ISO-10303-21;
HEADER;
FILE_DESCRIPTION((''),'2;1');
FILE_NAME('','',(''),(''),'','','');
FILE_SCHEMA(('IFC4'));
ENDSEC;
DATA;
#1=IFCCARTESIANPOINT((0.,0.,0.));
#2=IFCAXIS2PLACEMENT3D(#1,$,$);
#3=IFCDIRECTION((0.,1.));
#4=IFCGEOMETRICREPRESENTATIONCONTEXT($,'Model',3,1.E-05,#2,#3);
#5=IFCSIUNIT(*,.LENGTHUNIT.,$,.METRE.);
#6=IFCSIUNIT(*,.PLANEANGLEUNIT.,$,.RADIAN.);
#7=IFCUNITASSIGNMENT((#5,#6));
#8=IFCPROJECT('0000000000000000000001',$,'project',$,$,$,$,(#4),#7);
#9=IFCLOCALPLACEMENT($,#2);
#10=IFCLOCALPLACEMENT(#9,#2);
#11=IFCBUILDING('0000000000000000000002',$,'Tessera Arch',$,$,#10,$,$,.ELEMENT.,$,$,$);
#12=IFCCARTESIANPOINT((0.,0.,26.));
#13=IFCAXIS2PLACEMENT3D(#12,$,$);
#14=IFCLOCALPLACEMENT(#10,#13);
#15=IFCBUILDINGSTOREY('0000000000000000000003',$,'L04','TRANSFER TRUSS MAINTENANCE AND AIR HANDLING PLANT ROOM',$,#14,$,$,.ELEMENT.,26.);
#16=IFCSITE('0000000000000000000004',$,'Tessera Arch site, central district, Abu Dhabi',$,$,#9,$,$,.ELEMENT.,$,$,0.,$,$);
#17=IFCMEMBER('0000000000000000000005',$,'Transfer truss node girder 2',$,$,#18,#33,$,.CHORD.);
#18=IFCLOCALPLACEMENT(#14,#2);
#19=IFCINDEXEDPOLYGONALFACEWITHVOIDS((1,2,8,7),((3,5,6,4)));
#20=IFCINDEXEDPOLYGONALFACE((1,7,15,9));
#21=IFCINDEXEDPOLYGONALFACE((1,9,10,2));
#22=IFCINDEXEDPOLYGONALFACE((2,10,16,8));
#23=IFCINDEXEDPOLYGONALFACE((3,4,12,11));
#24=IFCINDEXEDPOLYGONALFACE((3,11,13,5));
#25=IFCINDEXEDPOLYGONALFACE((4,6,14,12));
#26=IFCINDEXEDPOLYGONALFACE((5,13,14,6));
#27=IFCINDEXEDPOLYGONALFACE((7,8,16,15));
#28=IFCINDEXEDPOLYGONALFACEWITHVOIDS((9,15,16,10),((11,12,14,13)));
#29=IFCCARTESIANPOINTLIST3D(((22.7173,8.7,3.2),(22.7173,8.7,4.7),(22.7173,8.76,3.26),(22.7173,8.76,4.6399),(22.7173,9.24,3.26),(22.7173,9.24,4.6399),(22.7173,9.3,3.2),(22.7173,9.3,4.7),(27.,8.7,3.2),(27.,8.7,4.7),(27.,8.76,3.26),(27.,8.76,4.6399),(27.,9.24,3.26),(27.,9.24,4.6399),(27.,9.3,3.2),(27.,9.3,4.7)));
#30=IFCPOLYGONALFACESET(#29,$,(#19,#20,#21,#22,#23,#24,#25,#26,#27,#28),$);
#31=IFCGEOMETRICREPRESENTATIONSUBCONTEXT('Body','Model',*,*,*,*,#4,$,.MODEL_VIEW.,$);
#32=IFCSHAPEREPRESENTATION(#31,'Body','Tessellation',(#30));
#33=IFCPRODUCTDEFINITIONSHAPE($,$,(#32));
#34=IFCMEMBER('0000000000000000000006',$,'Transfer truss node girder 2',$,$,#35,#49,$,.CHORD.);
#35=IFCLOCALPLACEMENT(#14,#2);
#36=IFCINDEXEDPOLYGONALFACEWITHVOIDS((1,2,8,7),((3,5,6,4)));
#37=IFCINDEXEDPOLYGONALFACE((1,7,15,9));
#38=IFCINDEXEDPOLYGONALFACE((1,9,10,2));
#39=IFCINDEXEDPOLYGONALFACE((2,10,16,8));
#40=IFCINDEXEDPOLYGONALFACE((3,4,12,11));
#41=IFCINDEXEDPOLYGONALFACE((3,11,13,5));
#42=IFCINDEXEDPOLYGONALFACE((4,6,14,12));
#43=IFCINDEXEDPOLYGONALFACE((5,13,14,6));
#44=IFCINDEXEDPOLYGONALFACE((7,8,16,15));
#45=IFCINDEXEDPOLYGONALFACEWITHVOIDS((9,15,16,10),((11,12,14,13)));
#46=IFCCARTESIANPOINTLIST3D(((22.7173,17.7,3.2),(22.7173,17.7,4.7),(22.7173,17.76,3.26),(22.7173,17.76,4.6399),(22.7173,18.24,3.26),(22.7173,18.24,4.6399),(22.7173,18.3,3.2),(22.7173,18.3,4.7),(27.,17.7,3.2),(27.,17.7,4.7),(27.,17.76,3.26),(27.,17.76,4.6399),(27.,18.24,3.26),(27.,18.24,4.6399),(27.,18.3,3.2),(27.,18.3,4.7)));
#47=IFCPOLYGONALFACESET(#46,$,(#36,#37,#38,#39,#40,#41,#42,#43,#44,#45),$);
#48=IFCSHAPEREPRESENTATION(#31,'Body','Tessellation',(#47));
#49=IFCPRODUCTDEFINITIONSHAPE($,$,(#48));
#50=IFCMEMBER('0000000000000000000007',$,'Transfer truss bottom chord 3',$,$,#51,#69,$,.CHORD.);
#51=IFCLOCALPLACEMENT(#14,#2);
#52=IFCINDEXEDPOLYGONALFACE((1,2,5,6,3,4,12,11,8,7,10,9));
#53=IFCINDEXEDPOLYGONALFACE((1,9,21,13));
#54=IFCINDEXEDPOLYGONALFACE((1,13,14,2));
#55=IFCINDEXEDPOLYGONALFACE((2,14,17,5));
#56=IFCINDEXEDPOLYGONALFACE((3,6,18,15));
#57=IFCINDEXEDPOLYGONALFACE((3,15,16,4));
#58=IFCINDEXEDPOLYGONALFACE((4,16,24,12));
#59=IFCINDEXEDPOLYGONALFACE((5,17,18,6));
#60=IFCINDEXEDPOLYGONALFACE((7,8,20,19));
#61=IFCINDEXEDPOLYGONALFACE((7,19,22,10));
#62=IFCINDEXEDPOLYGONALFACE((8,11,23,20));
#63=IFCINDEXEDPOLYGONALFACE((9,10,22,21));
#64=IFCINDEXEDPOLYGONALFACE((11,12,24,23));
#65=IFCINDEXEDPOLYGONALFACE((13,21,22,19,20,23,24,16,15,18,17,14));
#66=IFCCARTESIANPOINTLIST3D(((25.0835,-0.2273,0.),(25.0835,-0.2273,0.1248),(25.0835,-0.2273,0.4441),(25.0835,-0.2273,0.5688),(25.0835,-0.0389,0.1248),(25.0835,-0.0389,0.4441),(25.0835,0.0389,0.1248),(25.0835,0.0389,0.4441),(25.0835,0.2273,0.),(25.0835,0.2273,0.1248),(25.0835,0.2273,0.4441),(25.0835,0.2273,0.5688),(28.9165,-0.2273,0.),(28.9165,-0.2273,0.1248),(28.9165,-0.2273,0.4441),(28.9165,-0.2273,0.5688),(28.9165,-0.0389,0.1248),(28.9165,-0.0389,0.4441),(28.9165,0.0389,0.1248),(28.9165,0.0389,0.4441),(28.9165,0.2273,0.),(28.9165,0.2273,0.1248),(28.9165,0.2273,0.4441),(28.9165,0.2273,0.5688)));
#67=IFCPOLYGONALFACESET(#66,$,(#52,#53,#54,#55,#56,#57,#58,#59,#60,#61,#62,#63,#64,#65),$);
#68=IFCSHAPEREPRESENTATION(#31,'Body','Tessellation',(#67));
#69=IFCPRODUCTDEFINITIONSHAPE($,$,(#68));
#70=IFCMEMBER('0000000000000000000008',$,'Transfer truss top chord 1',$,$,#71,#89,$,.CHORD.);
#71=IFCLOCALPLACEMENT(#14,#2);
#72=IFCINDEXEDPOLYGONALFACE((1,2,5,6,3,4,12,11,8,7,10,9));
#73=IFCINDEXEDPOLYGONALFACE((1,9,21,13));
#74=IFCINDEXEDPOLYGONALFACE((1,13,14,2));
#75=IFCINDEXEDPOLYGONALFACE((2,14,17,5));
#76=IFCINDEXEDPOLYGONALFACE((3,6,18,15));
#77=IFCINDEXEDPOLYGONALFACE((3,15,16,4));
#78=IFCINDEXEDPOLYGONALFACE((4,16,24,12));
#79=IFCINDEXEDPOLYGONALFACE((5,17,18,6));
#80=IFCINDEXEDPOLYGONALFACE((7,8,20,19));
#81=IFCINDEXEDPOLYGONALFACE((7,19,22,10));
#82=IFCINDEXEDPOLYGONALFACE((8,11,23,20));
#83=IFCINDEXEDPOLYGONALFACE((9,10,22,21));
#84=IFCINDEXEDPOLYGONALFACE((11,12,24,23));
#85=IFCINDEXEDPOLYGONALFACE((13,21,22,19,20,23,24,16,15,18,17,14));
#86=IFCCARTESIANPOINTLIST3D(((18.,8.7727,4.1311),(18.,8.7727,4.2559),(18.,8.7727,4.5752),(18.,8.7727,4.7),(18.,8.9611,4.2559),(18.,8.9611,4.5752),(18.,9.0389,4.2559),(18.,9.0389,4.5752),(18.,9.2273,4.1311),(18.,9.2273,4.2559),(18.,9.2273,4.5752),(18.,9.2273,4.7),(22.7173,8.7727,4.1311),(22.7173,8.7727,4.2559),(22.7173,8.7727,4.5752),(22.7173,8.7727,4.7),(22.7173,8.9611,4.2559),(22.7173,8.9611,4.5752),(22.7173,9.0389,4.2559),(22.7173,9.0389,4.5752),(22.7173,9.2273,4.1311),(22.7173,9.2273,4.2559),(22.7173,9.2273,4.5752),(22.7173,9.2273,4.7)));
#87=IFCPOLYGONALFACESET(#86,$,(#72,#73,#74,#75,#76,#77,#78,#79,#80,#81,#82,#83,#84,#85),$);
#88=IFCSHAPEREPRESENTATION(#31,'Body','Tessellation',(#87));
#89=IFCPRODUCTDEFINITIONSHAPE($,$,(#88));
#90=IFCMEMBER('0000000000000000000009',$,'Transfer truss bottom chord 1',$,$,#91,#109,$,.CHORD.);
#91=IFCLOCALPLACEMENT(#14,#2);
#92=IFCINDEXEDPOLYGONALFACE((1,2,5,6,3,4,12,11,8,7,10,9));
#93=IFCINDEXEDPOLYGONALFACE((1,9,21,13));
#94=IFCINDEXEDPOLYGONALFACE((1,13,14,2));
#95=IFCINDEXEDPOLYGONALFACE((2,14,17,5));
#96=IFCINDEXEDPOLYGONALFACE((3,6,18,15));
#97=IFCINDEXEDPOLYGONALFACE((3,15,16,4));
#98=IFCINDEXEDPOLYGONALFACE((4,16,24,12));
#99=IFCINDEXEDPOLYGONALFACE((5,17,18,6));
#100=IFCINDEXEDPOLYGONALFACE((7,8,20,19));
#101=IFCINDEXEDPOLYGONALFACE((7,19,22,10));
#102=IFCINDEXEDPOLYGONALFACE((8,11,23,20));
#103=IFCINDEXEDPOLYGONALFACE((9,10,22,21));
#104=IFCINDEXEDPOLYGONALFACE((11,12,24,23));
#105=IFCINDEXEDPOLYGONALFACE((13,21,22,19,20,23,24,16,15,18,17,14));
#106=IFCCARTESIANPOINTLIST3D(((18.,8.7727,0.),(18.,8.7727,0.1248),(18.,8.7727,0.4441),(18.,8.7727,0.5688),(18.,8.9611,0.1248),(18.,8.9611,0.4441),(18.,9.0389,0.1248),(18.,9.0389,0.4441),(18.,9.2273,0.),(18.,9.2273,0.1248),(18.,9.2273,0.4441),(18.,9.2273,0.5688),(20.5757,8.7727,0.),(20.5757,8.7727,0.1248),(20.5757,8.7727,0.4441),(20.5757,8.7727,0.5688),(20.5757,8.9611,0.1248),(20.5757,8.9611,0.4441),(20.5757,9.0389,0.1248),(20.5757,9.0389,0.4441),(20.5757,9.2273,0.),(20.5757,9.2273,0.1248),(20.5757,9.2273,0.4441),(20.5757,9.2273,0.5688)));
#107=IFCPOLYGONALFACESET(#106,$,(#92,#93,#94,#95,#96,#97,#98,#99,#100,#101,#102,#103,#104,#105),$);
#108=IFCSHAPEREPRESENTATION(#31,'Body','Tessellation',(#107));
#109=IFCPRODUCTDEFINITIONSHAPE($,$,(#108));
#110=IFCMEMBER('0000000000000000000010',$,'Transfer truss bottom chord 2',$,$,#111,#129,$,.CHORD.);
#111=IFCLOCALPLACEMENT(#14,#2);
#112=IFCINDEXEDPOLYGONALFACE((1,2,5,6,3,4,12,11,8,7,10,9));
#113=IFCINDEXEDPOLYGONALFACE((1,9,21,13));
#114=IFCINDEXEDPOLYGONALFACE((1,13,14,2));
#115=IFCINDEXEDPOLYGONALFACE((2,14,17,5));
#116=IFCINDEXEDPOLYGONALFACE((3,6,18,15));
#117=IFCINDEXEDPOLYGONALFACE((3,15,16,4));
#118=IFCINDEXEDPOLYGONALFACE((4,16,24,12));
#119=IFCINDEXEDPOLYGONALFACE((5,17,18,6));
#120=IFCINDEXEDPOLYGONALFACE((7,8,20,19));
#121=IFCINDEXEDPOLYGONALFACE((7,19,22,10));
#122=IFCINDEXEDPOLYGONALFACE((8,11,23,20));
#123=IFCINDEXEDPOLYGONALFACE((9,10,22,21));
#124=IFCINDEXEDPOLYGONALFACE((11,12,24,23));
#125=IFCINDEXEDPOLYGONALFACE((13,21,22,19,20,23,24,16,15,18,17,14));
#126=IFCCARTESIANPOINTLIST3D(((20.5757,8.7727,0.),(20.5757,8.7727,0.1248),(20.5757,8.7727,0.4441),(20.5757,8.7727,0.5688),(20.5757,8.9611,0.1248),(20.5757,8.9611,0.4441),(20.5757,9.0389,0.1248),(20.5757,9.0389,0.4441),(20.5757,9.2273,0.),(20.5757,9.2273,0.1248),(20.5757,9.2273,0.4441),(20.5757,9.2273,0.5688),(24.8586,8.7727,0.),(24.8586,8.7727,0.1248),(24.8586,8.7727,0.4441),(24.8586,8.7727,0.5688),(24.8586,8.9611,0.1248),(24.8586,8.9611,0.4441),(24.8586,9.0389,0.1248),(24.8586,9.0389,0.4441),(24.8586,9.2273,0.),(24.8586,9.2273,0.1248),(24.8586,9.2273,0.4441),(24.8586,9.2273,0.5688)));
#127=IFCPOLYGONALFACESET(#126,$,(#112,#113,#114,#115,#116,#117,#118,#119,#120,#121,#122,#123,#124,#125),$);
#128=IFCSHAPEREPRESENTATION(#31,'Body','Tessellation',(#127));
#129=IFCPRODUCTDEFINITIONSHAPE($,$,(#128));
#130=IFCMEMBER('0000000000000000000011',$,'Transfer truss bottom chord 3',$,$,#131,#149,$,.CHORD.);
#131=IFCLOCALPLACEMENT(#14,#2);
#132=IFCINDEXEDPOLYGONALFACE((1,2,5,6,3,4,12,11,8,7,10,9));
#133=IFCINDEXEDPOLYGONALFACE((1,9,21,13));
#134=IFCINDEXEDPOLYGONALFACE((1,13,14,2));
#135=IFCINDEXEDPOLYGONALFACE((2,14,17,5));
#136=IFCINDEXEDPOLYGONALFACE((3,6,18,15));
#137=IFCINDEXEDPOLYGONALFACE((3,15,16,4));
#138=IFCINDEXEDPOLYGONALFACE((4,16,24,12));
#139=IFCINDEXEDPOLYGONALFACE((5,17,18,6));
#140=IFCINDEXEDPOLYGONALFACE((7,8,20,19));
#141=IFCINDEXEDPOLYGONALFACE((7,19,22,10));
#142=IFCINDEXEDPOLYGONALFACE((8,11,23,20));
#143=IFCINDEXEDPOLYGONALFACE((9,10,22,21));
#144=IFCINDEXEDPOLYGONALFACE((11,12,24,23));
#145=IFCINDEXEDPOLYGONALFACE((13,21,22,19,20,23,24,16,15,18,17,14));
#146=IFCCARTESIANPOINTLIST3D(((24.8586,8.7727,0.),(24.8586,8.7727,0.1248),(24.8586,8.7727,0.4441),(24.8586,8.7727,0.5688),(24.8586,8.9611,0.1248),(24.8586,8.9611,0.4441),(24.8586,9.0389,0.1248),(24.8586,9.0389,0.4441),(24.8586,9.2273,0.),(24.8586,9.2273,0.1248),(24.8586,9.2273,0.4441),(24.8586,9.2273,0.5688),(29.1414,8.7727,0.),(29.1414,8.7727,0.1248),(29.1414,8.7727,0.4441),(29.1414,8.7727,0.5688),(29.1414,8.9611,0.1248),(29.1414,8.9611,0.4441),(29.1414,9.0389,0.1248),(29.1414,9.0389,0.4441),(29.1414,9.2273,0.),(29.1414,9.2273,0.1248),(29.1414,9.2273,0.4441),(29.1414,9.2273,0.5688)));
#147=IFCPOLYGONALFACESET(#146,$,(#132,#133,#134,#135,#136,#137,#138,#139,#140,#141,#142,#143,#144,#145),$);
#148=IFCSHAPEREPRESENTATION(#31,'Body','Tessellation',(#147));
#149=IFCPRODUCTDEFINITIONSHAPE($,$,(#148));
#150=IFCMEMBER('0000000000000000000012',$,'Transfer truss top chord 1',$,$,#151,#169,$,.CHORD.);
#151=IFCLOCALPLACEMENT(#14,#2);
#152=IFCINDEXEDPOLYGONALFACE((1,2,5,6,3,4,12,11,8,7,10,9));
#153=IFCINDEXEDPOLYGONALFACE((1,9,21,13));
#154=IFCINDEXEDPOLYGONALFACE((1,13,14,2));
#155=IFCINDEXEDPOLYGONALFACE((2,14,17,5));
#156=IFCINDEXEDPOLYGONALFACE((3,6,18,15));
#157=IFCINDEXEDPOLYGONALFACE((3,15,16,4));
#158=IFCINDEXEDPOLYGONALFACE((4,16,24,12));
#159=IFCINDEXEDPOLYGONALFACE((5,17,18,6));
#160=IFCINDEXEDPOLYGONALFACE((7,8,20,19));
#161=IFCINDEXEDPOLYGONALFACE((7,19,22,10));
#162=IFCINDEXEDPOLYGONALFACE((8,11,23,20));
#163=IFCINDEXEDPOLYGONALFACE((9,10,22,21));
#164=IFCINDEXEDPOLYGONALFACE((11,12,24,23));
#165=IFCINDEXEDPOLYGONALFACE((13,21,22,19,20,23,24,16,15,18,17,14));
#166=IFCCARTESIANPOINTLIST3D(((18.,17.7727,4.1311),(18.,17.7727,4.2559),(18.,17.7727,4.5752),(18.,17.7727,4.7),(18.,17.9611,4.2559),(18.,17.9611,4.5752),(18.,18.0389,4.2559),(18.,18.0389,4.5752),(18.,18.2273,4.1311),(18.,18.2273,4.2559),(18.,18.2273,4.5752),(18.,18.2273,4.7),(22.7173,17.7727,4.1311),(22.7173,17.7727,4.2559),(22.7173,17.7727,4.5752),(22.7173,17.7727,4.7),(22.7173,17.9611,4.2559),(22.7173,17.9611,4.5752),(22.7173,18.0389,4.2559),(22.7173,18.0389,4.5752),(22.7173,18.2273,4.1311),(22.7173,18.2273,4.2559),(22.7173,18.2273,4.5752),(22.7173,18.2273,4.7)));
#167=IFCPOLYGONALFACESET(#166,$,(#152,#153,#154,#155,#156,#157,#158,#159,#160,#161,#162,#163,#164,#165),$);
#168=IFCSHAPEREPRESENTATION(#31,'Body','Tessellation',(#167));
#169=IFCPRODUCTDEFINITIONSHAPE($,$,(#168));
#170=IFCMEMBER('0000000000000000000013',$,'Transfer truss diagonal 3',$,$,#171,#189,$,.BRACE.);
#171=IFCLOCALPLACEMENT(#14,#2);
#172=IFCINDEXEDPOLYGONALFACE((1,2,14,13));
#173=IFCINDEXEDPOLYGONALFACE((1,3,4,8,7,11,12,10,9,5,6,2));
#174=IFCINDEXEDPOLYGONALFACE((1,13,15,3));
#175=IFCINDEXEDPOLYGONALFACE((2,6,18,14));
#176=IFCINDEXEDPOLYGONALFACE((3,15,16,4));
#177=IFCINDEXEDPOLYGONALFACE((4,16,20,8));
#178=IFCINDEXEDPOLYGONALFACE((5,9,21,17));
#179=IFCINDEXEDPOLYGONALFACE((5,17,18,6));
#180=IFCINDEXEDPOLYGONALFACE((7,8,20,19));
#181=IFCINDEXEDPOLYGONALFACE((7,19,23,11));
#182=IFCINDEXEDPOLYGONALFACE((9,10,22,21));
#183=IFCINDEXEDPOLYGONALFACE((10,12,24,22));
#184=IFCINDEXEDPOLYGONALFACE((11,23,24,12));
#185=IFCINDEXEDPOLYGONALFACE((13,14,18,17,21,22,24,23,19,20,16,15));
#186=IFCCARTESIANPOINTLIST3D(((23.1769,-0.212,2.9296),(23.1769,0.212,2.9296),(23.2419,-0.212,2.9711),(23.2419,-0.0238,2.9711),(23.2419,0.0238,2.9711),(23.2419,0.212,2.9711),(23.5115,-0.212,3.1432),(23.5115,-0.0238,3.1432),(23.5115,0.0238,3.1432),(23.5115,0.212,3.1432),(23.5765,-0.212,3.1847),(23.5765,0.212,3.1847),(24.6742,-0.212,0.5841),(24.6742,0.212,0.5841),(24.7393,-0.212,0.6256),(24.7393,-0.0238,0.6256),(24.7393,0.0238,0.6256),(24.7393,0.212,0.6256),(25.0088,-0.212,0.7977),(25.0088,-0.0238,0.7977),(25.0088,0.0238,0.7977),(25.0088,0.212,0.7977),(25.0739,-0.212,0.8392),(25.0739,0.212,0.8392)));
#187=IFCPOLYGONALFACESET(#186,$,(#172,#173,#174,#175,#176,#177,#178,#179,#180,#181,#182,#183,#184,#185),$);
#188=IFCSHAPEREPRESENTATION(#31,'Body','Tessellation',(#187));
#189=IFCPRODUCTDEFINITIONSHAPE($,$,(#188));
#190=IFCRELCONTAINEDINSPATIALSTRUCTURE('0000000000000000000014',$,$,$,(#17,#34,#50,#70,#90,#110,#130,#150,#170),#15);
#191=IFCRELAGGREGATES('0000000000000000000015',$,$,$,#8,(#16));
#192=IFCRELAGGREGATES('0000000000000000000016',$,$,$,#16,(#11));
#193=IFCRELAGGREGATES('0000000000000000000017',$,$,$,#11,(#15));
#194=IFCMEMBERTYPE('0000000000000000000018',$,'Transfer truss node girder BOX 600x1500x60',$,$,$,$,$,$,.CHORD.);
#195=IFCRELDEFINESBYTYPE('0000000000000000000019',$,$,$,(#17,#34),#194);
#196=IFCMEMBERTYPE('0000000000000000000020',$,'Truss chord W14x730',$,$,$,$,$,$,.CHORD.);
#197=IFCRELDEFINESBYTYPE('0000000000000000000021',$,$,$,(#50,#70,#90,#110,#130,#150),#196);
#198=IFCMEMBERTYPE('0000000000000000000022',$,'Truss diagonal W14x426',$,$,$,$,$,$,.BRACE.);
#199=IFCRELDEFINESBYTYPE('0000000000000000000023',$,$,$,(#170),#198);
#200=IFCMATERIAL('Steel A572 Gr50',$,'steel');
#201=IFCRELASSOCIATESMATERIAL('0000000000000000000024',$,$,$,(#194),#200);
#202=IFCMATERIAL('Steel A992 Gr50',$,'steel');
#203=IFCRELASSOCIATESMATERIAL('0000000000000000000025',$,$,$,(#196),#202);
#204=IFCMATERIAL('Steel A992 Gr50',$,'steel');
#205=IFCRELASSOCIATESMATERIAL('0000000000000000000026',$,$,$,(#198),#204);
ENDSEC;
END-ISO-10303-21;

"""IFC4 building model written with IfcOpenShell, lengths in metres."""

from ifc_helpers import new_model, si_unit, direction, frame, origin, origin_2d, place, context, subcontext, project, spatial, hollow_rectangle, i_section, extrude, material, material_profile, profile_set, type_object, element, save


model = new_model("IFC4")

# Units and contexts
model_context = context("Model", 3, precision=1e-05, world=origin(), true_north=direction((0.0, 1.0)))
body_context = subcontext(model_context, "Body", "Model", "MODEL_VIEW")
ifc_project = project(units=[si_unit("LENGTHUNIT", "METRE"), si_unit("PLANEANGLEUNIT", "RADIAN")], contexts=[model_context])

# Site, building, storey
site_placement = place(None, origin())
site = spatial("IfcSite", under=ifc_project, at=site_placement, Name="Tessera Arch site, central district, Abu Dhabi", CompositionType="ELEMENT", RefElevation=0.0)
building_placement = place(site_placement, origin())
building = spatial("IfcBuilding", under=site, at=building_placement, Name="Tessera Arch", CompositionType="ELEMENT")
storey_placement = place(building_placement, frame((0.0, 0.0, 26.0)))
storey = spatial("IfcBuildingStorey", under=building, at=storey_placement, Name="L04", Description="TRANSFER TRUSS MAINTENANCE AND AIR HANDLING PLANT ROOM", CompositionType="ELEMENT", Elevation=26.0)

# Members
ifc_material_1 = material(Name="Steel A572 Gr50", Category="steel")
ifc_material_profile_1 = material_profile(ifc_material_1, hollow_rectangle(XDim=0.6001, YDim=1.5, WallThickness=0.0601, at=origin_2d()), Name="BOX 600x1500x60")
ifc_profile_set_1 = profile_set([ifc_material_profile_1], Name="Steel A572 Gr50")
member_type_1 = type_object("IfcMemberType", Name="Transfer truss node girder BOX 600x1500x60", PredefinedType="CHORD", material=ifc_profile_set_1)
for number, where, z_axis, x_axis, name in (
    (1, (22.7173, 9.0, 3.95), (1.0, 0.0, 0.0), (0.0, 1.0, 0.0), "Transfer truss node girder 2"),
    (2, (22.7173, 18.0, 3.95), (1.0, 0.0, 0.0), (0.0, 1.0, 0.0), "Transfer truss node girder 2"),
):
    element("IfcMember", number, at=place(storey_placement, frame(where, z_axis=z_axis, x_axis=x_axis)), inside=storey, type_object=member_type_1, Name=name, PredefinedType="CHORD", context=body_context, shape_type="SweptSolid", body=[
        extrude(hollow_rectangle(XDim=0.6001, YDim=1.5, WallThickness=0.0601, at=origin_2d()), origin(), (0.0, 0.0, 1.0), 4.2827),
    ])
ifc_material_2 = material(Name="Steel A992 Gr50", Category="steel")
ifc_material_profile_2 = material_profile(ifc_material_2, i_section(OverallWidth=0.4546, OverallDepth=0.5688, WebThickness=0.0779, FlangeThickness=0.1248, at=origin_2d()), Name="W14x730")
ifc_profile_set_2 = profile_set([ifc_material_profile_2], Name="Steel A992 Gr50")
member_type_2 = type_object("IfcMemberType", Name="Truss chord W14x730", PredefinedType="CHORD", material=ifc_profile_set_2)
member_1_placement = place(storey_placement, frame((25.0835, 0.0, 0.2844), z_axis=(1.0, 0.0, 0.0), x_axis=(0.0, 1.0, 0.0)))
element("IfcMember", 3, at=member_1_placement, inside=storey, type_object=member_type_2, Name="Transfer truss bottom chord 3", PredefinedType="CHORD", context=body_context, shape_type="SweptSolid", body=[
    extrude(i_section(OverallWidth=0.4546, OverallDepth=0.5688, WebThickness=0.0779, FlangeThickness=0.1248, at=origin_2d()), origin(), (0.0, 0.0, 1.0), 3.833),
])
member_2_placement = place(storey_placement, frame((18.0, 9.0, 4.4155), z_axis=(1.0, 0.0, 0.0), x_axis=(0.0, 1.0, 0.0)))
element("IfcMember", 4, at=member_2_placement, inside=storey, type_object=member_type_2, Name="Transfer truss top chord 1", PredefinedType="CHORD", context=body_context, shape_type="SweptSolid", body=[
    extrude(i_section(OverallWidth=0.4546, OverallDepth=0.5688, WebThickness=0.0779, FlangeThickness=0.1248, at=origin_2d()), origin(), (0.0, 0.0, 1.0), 4.7173),
])
member_3_placement = place(storey_placement, frame((18.0, 9.0, 0.2844), z_axis=(1.0, 0.0, 0.0), x_axis=(0.0, 1.0, 0.0)))
element("IfcMember", 5, at=member_3_placement, inside=storey, type_object=member_type_2, Name="Transfer truss bottom chord 1", PredefinedType="CHORD", context=body_context, shape_type="SweptSolid", body=[
    extrude(i_section(OverallWidth=0.4546, OverallDepth=0.5688, WebThickness=0.0779, FlangeThickness=0.1248, at=origin_2d()), origin(), (0.0, 0.0, 1.0), 2.5757),
])
member_4_placement = place(storey_placement, frame((20.5757, 9.0, 0.2844), z_axis=(1.0, 0.0, 0.0), x_axis=(0.0, 1.0, 0.0)))
element("IfcMember", 6, at=member_4_placement, inside=storey, type_object=member_type_2, Name="Transfer truss bottom chord 2", PredefinedType="CHORD", context=body_context, shape_type="SweptSolid", body=[
    extrude(i_section(OverallWidth=0.4546, OverallDepth=0.5688, WebThickness=0.0779, FlangeThickness=0.1248, at=origin_2d()), origin(), (0.0, 0.0, 1.0), 4.283),
])
member_5_placement = place(storey_placement, frame((24.8586, 9.0, 0.2844), z_axis=(1.0, 0.0, 0.0), x_axis=(0.0, 1.0, 0.0)))
element("IfcMember", 7, at=member_5_placement, inside=storey, type_object=member_type_2, Name="Transfer truss bottom chord 3", PredefinedType="CHORD", context=body_context, shape_type="SweptSolid", body=[
    extrude(i_section(OverallWidth=0.4546, OverallDepth=0.5688, WebThickness=0.0779, FlangeThickness=0.1248, at=origin_2d()), origin(), (0.0, 0.0, 1.0), 4.2827),
])
member_6_placement = place(storey_placement, frame((18.0, 18.0, 4.4155), z_axis=(1.0, 0.0, 0.0), x_axis=(0.0, 1.0, 0.0)))
element("IfcMember", 8, at=member_6_placement, inside=storey, type_object=member_type_2, Name="Transfer truss top chord 1", PredefinedType="CHORD", context=body_context, shape_type="SweptSolid", body=[
    extrude(i_section(OverallWidth=0.4546, OverallDepth=0.5688, WebThickness=0.0779, FlangeThickness=0.1248, at=origin_2d()), origin(), (0.0, 0.0, 1.0), 4.7173),
])
ifc_material_3 = material(Name="Steel A992 Gr50", Category="steel")
ifc_material_profile_3 = material_profile(ifc_material_3, i_section(OverallWidth=0.4241, OverallDepth=0.4741, WebThickness=0.0476, FlangeThickness=0.0771, at=origin_2d()), Name="W14x426")
ifc_profile_set_3 = profile_set([ifc_material_profile_3], Name="Steel A992 Gr50")
member_type_3 = type_object("IfcMemberType", Name="Truss diagonal W14x426", PredefinedType="BRACE", material=ifc_profile_set_3)
for number, where, z_axis, x_axis, name in (
    (9, (23.3767, 0.0, 3.0571), (0.53809, 0.0, -0.842887), (0.0, 1.0, 0.0), "Transfer truss diagonal 3"),
):
    element("IfcMember", number, at=place(storey_placement, frame(where, z_axis=z_axis, x_axis=x_axis)), inside=storey, type_object=member_type_3, Name=name, PredefinedType="BRACE", context=body_context, shape_type="SweptSolid", body=[
        extrude(i_section(OverallWidth=0.4241, OverallDepth=0.4741, WebThickness=0.0476, FlangeThickness=0.0771, at=origin_2d()), origin(), (0.0, 0.0, 1.0), 2.7827),
    ])

save(model, "model.ifc")
